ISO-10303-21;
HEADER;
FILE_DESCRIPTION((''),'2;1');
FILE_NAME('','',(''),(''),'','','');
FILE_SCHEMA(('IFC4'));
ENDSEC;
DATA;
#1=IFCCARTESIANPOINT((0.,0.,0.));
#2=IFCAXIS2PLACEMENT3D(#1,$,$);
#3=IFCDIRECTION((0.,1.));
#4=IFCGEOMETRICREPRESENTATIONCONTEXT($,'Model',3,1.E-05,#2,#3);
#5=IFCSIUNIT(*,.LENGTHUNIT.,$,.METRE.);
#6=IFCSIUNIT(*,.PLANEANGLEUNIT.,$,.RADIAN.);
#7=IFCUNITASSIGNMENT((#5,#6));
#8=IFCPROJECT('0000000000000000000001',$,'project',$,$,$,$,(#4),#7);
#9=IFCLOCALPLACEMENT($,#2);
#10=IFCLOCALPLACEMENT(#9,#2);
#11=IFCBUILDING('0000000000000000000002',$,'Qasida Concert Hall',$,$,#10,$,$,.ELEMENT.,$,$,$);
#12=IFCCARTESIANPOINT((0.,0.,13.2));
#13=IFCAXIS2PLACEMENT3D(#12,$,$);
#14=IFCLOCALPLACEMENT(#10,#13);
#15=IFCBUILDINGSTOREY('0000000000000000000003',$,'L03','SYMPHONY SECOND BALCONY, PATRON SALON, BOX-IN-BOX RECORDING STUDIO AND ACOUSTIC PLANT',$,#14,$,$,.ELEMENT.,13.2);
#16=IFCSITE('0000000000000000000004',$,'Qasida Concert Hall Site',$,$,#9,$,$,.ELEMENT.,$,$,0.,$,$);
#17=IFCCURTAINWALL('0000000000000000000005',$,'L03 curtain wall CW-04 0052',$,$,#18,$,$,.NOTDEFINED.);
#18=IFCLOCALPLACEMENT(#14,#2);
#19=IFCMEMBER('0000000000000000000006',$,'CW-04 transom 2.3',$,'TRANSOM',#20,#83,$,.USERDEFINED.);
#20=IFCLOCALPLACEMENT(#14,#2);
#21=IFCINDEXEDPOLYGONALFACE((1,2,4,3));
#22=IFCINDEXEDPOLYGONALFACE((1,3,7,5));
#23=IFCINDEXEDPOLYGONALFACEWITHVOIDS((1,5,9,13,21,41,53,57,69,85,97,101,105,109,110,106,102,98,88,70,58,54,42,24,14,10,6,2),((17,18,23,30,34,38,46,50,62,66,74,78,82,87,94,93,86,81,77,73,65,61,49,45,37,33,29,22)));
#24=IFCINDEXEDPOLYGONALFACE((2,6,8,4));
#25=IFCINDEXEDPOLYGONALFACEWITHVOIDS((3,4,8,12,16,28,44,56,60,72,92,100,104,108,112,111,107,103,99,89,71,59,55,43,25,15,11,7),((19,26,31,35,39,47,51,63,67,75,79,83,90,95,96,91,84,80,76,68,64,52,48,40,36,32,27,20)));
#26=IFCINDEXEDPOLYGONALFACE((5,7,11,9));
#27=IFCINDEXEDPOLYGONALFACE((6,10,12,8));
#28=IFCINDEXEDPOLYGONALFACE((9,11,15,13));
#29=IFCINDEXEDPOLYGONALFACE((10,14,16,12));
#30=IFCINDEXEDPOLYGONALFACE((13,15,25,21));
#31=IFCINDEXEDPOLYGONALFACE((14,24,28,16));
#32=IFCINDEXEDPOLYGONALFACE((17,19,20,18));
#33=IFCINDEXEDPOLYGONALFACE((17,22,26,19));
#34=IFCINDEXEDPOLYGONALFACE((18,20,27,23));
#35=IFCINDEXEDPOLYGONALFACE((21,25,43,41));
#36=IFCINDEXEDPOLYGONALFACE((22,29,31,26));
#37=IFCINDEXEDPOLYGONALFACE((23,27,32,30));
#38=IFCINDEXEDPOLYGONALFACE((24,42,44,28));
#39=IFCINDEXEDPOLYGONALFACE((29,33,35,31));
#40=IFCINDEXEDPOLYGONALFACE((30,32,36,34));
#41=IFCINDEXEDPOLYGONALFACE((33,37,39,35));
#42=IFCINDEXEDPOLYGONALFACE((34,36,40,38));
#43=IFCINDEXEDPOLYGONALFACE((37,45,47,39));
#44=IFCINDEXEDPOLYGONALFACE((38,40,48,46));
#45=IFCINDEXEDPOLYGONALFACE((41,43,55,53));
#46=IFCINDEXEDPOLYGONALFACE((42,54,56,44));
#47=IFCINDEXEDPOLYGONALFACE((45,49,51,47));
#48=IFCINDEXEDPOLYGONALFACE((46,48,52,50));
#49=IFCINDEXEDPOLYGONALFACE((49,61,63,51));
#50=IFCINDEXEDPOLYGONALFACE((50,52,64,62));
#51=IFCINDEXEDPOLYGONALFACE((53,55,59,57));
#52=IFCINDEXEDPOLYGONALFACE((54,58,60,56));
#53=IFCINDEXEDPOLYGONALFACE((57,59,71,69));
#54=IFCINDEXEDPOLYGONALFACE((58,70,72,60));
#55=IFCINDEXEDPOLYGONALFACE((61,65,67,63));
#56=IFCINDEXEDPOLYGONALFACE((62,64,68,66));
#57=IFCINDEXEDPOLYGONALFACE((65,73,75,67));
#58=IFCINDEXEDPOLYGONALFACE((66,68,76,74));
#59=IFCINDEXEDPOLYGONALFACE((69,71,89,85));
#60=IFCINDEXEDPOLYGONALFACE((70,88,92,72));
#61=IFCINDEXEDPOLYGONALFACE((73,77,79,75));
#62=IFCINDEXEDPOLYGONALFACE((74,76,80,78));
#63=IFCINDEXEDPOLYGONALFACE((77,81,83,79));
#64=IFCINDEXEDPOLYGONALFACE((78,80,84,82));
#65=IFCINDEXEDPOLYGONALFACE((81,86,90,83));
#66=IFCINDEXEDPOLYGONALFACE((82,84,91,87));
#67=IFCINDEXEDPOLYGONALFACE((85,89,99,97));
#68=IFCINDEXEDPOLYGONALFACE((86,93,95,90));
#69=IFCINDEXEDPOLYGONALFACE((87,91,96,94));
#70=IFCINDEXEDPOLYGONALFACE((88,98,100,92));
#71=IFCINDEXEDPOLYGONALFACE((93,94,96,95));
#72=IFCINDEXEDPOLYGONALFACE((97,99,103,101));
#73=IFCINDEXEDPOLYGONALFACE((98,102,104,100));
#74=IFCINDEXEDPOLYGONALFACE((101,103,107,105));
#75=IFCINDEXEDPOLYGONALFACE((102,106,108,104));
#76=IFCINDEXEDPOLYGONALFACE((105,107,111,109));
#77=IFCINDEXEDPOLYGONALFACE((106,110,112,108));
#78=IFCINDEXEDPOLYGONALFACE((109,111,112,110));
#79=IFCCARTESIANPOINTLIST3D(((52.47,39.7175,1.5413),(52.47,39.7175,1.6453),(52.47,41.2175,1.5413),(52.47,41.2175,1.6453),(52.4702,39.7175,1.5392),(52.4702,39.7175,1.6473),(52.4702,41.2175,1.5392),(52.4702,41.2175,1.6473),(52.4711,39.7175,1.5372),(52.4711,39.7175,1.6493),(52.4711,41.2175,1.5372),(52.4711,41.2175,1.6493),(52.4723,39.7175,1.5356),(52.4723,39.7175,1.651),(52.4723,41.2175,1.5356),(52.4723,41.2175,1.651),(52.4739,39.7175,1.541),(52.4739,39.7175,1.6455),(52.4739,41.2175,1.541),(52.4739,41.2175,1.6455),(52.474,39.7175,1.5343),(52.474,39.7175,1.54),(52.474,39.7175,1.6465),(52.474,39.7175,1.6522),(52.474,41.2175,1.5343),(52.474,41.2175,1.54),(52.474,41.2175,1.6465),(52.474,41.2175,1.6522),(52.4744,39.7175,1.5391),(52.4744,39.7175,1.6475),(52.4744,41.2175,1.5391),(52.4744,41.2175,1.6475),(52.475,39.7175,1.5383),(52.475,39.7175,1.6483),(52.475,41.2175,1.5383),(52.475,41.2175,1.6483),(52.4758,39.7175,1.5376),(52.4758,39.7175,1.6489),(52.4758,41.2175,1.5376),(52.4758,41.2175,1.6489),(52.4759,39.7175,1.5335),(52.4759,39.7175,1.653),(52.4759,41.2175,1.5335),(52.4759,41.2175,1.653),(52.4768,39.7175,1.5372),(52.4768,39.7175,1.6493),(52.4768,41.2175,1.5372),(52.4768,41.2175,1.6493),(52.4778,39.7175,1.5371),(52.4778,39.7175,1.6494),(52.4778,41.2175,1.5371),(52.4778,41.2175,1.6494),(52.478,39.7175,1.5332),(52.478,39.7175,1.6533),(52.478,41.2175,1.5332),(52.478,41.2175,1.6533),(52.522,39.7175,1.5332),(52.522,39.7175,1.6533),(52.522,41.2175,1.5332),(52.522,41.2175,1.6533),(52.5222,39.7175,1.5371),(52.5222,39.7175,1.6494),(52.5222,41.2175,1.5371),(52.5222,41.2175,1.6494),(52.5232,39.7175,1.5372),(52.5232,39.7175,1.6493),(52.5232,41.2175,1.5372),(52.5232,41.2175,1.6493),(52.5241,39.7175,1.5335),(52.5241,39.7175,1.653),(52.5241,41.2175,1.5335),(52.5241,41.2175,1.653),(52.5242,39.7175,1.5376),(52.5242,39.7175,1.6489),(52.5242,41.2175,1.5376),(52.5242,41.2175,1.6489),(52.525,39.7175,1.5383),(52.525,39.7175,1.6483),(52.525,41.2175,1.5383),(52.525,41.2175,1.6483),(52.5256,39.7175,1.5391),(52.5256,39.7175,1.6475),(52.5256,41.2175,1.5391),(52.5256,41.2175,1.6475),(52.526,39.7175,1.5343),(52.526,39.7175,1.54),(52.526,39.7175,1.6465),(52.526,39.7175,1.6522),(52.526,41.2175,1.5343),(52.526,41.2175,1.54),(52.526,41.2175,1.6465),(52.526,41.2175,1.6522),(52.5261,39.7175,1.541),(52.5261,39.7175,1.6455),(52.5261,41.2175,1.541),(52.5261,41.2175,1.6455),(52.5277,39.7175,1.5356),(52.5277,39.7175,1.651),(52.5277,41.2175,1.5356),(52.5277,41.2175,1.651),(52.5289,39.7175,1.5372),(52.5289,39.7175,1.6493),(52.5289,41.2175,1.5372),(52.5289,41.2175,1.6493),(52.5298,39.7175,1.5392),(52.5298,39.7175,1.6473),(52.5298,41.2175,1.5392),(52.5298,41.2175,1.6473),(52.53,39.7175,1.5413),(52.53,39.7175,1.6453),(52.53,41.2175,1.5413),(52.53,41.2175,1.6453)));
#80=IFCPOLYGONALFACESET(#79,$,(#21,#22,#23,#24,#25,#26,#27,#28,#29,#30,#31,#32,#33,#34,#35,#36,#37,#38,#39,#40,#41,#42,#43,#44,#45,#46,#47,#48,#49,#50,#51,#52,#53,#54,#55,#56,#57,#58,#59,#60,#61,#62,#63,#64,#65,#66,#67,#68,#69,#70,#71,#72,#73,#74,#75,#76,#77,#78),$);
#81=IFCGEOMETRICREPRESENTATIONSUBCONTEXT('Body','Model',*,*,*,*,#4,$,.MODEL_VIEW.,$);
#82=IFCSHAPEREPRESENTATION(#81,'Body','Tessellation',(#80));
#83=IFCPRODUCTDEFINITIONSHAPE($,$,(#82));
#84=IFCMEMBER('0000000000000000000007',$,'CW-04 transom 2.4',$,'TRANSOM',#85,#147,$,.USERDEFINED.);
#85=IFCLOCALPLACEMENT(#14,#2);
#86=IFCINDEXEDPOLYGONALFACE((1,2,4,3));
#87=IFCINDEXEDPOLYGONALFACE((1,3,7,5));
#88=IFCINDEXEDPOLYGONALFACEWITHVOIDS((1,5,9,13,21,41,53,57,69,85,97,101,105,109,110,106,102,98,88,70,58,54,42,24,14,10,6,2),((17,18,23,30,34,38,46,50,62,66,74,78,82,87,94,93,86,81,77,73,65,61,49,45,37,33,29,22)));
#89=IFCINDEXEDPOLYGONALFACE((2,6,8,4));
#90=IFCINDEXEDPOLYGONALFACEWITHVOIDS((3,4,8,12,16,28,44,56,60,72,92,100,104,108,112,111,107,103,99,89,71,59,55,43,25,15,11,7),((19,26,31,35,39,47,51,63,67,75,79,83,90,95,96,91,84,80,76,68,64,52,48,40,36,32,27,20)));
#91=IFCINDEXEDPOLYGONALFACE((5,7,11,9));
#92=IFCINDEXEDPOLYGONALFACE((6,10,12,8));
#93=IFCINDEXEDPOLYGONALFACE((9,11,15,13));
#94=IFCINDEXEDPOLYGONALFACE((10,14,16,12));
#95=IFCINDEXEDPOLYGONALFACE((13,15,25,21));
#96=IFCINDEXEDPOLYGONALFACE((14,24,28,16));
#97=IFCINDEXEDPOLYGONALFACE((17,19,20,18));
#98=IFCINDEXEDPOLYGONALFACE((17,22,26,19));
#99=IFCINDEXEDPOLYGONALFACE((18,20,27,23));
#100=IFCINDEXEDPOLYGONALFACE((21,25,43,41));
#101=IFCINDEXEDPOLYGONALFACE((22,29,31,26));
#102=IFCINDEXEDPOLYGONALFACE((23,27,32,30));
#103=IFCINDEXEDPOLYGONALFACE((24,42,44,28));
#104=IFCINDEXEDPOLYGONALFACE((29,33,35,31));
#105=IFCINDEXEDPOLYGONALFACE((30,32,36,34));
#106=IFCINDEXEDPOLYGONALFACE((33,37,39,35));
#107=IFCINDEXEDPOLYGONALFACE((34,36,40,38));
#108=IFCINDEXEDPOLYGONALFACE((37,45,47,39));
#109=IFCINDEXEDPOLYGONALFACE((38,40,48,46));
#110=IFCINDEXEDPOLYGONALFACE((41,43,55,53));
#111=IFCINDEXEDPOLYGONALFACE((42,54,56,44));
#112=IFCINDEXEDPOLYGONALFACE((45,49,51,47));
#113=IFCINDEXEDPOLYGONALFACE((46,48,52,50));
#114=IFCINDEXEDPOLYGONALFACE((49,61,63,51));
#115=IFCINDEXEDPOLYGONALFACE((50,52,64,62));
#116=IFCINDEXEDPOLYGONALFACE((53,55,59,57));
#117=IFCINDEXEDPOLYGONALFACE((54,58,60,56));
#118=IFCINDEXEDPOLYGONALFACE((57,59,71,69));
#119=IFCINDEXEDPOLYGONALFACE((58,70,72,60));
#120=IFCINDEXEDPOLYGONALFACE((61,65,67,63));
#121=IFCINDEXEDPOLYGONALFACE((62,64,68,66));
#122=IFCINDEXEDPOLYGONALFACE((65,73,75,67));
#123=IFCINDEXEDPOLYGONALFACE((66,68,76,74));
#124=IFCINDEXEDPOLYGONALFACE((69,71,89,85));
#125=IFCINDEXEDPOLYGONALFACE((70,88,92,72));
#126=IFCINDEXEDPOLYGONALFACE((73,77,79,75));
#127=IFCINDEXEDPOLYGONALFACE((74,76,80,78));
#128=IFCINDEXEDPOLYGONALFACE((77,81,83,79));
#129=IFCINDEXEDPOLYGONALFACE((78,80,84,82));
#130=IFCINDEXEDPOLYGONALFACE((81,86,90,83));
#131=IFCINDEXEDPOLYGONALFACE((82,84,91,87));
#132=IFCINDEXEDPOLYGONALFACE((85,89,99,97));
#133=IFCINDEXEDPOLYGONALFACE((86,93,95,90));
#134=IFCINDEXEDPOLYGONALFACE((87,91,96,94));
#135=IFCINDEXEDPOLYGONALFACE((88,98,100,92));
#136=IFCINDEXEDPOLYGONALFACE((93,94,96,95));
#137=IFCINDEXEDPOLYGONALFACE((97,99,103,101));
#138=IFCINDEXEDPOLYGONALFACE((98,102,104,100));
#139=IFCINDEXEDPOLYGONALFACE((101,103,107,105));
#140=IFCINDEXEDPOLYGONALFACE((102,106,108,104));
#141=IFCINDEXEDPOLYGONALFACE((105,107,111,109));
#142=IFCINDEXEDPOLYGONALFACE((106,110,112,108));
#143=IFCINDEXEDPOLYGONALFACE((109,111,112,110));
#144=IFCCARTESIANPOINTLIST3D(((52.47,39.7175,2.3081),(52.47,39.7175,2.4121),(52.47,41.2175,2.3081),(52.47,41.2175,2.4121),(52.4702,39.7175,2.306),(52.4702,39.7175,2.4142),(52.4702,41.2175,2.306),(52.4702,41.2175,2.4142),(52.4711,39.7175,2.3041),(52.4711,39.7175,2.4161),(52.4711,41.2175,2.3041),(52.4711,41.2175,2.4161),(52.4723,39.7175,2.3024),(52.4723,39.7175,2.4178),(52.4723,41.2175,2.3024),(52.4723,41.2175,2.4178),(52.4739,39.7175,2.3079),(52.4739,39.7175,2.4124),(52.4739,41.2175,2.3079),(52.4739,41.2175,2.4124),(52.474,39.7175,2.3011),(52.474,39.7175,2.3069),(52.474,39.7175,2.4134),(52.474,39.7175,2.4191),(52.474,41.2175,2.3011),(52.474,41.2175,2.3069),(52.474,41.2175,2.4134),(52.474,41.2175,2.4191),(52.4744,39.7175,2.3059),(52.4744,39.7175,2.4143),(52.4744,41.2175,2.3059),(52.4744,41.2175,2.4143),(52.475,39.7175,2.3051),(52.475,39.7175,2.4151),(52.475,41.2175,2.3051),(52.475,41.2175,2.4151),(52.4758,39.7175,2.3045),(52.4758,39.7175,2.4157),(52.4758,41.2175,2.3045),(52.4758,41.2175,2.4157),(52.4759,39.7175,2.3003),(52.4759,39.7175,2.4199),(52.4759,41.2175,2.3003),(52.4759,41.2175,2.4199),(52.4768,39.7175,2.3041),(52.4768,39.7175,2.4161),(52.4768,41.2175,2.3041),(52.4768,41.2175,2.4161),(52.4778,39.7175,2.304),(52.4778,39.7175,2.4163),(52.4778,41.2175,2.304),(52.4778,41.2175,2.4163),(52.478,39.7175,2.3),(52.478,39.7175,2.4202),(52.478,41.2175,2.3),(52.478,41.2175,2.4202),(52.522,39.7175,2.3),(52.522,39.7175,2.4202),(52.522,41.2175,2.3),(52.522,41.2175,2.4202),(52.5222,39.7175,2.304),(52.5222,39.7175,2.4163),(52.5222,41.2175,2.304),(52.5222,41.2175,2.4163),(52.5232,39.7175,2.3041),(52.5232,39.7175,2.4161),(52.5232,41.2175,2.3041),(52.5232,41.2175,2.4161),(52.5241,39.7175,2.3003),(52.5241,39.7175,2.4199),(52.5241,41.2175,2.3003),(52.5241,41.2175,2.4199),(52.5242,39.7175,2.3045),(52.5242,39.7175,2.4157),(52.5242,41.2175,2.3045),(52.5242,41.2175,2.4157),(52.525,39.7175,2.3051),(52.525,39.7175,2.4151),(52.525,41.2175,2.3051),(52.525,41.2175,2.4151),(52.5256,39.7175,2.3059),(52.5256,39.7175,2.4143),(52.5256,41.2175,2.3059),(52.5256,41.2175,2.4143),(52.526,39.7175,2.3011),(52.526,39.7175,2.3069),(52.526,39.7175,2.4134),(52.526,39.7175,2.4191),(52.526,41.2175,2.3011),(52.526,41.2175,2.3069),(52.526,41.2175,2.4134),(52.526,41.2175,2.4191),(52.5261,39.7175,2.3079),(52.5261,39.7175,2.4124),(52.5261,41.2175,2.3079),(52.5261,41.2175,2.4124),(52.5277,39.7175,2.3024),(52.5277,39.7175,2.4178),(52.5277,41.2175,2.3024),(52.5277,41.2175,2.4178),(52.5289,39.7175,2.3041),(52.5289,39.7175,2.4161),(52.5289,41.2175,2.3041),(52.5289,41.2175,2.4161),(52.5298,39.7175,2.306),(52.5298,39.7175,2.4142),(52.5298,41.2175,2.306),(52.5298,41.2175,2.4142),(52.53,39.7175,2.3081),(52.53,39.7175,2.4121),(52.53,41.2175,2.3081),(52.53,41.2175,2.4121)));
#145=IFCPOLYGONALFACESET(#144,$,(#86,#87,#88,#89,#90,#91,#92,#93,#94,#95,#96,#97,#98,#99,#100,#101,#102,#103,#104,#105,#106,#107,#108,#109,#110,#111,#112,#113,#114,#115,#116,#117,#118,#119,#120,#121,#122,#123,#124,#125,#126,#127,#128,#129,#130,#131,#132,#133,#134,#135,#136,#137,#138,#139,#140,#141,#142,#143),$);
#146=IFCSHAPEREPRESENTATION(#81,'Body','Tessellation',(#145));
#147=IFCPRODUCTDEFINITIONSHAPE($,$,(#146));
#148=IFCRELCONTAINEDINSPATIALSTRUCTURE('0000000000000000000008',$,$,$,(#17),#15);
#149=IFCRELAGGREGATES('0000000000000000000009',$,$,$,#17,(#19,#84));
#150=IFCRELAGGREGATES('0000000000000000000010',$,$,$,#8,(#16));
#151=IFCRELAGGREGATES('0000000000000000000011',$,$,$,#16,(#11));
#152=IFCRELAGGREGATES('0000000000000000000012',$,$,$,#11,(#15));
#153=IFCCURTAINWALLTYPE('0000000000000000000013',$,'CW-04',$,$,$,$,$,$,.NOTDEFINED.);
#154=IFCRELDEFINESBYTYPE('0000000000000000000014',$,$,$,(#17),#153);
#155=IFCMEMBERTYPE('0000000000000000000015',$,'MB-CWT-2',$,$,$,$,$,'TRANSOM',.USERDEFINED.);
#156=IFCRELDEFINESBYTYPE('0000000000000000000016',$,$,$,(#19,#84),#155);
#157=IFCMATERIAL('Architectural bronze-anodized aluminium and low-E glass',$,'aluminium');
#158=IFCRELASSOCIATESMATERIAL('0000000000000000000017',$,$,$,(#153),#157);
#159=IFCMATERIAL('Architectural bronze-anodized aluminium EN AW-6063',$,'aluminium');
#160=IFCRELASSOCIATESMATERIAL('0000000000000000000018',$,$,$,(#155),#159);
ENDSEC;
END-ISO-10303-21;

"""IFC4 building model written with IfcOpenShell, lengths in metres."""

from ifc_helpers import new_model, si_unit, direction, frame, origin, origin_2d, place, context, subcontext, project, spatial, hollow_rectangle, extrude, material, material_profile, profile_set, type_object, element, aggregate, save


model = new_model("IFC4")

# Units and contexts
model_context = context("Model", 3, precision=1e-05, world=origin(), true_north=direction((0.0, 1.0)))
body_context = subcontext(model_context, "Body", "Model", "MODEL_VIEW")
ifc_project = project(units=[si_unit("LENGTHUNIT", "METRE"), si_unit("PLANEANGLEUNIT", "RADIAN")], contexts=[model_context])

# Site, building, storey
site_placement = place(None, origin())
site = spatial("IfcSite", under=ifc_project, at=site_placement, Name="Qasida Concert Hall Site", CompositionType="ELEMENT", RefElevation=0.0)
building_placement = place(site_placement, origin())
building = spatial("IfcBuilding", under=site, at=building_placement, Name="Qasida Concert Hall", CompositionType="ELEMENT")
storey_placement = place(building_placement, frame((0.0, 0.0, 13.2)))
storey = spatial("IfcBuildingStorey", under=building, at=storey_placement, Name="L03", Description="SYMPHONY SECOND BALCONY, PATRON SALON, BOX-IN-BOX RECORDING STUDIO AND ACOUSTIC PLANT", CompositionType="ELEMENT", Elevation=13.2)

# Curtain wall, members
ifc_material_1 = material(Name="Architectural bronze-anodized aluminium and low-E glass", Category="aluminium")
curtain_wall_type = type_object("IfcCurtainWallType", Name="CW-04", PredefinedType="NOTDEFINED", material=ifc_material_1)
curtain_wall_placement = place(storey_placement, origin())
curtain_wall = element("IfcCurtainWall", 1, at=curtain_wall_placement, inside=storey, type_object=curtain_wall_type, Name="L03 curtain wall CW-04 0052", PredefinedType="NOTDEFINED")
ifc_material_2 = material(Name="Architectural bronze-anodized aluminium EN AW-6063", Category="aluminium")
ifc_material_profile_1 = material_profile(ifc_material_2, hollow_rectangle(XDim=0.0601, YDim=0.1201, WallThickness=0.0039, InnerFilletRadius=0.0039, OuterFilletRadius=0.0081, at=origin_2d()), Name="CWT 120x60x4")
ifc_profile_set_1 = profile_set([ifc_material_profile_1], Name="Architectural bronze-anodized aluminium EN AW-6063")
member_type_1 = type_object("IfcMemberType", Name="MB-CWT-2", ElementType="TRANSOM", PredefinedType="USERDEFINED", material=ifc_profile_set_1)
member_1_placement = place(storey_placement, frame((52.5, 39.7175, 1.5933), z_axis=(0.0, 1.0, 0.0), x_axis=(-1.0, 0.0, 0.0)))
member_1 = element("IfcMember", 2, at=member_1_placement, type_object=member_type_1, Name="CW-04 transom 2.3", ObjectType="TRANSOM", PredefinedType="USERDEFINED", context=body_context, shape_type="SweptSolid", body=[
    extrude(hollow_rectangle(XDim=0.0601, YDim=0.1201, WallThickness=0.0039, InnerFilletRadius=0.0039, OuterFilletRadius=0.0081, at=origin_2d()), origin(), (0.0, 0.0, 1.0), 1.5),
])
member_2_placement = place(storey_placement, frame((52.5, 39.7175, 2.3601), z_axis=(0.0, 1.0, 0.0), x_axis=(-1.0, 0.0, 0.0)))
member_2 = element("IfcMember", 3, at=member_2_placement, type_object=member_type_1, Name="CW-04 transom 2.4", ObjectType="TRANSOM", PredefinedType="USERDEFINED", context=body_context, shape_type="SweptSolid", body=[
    extrude(hollow_rectangle(XDim=0.0601, YDim=0.1201, WallThickness=0.0039, InnerFilletRadius=0.0039, OuterFilletRadius=0.0081, at=origin_2d()), origin(), (0.0, 0.0, 1.0), 1.5),
])
aggregate(curtain_wall, [member_1, member_2])

save(model, "model.ifc")
